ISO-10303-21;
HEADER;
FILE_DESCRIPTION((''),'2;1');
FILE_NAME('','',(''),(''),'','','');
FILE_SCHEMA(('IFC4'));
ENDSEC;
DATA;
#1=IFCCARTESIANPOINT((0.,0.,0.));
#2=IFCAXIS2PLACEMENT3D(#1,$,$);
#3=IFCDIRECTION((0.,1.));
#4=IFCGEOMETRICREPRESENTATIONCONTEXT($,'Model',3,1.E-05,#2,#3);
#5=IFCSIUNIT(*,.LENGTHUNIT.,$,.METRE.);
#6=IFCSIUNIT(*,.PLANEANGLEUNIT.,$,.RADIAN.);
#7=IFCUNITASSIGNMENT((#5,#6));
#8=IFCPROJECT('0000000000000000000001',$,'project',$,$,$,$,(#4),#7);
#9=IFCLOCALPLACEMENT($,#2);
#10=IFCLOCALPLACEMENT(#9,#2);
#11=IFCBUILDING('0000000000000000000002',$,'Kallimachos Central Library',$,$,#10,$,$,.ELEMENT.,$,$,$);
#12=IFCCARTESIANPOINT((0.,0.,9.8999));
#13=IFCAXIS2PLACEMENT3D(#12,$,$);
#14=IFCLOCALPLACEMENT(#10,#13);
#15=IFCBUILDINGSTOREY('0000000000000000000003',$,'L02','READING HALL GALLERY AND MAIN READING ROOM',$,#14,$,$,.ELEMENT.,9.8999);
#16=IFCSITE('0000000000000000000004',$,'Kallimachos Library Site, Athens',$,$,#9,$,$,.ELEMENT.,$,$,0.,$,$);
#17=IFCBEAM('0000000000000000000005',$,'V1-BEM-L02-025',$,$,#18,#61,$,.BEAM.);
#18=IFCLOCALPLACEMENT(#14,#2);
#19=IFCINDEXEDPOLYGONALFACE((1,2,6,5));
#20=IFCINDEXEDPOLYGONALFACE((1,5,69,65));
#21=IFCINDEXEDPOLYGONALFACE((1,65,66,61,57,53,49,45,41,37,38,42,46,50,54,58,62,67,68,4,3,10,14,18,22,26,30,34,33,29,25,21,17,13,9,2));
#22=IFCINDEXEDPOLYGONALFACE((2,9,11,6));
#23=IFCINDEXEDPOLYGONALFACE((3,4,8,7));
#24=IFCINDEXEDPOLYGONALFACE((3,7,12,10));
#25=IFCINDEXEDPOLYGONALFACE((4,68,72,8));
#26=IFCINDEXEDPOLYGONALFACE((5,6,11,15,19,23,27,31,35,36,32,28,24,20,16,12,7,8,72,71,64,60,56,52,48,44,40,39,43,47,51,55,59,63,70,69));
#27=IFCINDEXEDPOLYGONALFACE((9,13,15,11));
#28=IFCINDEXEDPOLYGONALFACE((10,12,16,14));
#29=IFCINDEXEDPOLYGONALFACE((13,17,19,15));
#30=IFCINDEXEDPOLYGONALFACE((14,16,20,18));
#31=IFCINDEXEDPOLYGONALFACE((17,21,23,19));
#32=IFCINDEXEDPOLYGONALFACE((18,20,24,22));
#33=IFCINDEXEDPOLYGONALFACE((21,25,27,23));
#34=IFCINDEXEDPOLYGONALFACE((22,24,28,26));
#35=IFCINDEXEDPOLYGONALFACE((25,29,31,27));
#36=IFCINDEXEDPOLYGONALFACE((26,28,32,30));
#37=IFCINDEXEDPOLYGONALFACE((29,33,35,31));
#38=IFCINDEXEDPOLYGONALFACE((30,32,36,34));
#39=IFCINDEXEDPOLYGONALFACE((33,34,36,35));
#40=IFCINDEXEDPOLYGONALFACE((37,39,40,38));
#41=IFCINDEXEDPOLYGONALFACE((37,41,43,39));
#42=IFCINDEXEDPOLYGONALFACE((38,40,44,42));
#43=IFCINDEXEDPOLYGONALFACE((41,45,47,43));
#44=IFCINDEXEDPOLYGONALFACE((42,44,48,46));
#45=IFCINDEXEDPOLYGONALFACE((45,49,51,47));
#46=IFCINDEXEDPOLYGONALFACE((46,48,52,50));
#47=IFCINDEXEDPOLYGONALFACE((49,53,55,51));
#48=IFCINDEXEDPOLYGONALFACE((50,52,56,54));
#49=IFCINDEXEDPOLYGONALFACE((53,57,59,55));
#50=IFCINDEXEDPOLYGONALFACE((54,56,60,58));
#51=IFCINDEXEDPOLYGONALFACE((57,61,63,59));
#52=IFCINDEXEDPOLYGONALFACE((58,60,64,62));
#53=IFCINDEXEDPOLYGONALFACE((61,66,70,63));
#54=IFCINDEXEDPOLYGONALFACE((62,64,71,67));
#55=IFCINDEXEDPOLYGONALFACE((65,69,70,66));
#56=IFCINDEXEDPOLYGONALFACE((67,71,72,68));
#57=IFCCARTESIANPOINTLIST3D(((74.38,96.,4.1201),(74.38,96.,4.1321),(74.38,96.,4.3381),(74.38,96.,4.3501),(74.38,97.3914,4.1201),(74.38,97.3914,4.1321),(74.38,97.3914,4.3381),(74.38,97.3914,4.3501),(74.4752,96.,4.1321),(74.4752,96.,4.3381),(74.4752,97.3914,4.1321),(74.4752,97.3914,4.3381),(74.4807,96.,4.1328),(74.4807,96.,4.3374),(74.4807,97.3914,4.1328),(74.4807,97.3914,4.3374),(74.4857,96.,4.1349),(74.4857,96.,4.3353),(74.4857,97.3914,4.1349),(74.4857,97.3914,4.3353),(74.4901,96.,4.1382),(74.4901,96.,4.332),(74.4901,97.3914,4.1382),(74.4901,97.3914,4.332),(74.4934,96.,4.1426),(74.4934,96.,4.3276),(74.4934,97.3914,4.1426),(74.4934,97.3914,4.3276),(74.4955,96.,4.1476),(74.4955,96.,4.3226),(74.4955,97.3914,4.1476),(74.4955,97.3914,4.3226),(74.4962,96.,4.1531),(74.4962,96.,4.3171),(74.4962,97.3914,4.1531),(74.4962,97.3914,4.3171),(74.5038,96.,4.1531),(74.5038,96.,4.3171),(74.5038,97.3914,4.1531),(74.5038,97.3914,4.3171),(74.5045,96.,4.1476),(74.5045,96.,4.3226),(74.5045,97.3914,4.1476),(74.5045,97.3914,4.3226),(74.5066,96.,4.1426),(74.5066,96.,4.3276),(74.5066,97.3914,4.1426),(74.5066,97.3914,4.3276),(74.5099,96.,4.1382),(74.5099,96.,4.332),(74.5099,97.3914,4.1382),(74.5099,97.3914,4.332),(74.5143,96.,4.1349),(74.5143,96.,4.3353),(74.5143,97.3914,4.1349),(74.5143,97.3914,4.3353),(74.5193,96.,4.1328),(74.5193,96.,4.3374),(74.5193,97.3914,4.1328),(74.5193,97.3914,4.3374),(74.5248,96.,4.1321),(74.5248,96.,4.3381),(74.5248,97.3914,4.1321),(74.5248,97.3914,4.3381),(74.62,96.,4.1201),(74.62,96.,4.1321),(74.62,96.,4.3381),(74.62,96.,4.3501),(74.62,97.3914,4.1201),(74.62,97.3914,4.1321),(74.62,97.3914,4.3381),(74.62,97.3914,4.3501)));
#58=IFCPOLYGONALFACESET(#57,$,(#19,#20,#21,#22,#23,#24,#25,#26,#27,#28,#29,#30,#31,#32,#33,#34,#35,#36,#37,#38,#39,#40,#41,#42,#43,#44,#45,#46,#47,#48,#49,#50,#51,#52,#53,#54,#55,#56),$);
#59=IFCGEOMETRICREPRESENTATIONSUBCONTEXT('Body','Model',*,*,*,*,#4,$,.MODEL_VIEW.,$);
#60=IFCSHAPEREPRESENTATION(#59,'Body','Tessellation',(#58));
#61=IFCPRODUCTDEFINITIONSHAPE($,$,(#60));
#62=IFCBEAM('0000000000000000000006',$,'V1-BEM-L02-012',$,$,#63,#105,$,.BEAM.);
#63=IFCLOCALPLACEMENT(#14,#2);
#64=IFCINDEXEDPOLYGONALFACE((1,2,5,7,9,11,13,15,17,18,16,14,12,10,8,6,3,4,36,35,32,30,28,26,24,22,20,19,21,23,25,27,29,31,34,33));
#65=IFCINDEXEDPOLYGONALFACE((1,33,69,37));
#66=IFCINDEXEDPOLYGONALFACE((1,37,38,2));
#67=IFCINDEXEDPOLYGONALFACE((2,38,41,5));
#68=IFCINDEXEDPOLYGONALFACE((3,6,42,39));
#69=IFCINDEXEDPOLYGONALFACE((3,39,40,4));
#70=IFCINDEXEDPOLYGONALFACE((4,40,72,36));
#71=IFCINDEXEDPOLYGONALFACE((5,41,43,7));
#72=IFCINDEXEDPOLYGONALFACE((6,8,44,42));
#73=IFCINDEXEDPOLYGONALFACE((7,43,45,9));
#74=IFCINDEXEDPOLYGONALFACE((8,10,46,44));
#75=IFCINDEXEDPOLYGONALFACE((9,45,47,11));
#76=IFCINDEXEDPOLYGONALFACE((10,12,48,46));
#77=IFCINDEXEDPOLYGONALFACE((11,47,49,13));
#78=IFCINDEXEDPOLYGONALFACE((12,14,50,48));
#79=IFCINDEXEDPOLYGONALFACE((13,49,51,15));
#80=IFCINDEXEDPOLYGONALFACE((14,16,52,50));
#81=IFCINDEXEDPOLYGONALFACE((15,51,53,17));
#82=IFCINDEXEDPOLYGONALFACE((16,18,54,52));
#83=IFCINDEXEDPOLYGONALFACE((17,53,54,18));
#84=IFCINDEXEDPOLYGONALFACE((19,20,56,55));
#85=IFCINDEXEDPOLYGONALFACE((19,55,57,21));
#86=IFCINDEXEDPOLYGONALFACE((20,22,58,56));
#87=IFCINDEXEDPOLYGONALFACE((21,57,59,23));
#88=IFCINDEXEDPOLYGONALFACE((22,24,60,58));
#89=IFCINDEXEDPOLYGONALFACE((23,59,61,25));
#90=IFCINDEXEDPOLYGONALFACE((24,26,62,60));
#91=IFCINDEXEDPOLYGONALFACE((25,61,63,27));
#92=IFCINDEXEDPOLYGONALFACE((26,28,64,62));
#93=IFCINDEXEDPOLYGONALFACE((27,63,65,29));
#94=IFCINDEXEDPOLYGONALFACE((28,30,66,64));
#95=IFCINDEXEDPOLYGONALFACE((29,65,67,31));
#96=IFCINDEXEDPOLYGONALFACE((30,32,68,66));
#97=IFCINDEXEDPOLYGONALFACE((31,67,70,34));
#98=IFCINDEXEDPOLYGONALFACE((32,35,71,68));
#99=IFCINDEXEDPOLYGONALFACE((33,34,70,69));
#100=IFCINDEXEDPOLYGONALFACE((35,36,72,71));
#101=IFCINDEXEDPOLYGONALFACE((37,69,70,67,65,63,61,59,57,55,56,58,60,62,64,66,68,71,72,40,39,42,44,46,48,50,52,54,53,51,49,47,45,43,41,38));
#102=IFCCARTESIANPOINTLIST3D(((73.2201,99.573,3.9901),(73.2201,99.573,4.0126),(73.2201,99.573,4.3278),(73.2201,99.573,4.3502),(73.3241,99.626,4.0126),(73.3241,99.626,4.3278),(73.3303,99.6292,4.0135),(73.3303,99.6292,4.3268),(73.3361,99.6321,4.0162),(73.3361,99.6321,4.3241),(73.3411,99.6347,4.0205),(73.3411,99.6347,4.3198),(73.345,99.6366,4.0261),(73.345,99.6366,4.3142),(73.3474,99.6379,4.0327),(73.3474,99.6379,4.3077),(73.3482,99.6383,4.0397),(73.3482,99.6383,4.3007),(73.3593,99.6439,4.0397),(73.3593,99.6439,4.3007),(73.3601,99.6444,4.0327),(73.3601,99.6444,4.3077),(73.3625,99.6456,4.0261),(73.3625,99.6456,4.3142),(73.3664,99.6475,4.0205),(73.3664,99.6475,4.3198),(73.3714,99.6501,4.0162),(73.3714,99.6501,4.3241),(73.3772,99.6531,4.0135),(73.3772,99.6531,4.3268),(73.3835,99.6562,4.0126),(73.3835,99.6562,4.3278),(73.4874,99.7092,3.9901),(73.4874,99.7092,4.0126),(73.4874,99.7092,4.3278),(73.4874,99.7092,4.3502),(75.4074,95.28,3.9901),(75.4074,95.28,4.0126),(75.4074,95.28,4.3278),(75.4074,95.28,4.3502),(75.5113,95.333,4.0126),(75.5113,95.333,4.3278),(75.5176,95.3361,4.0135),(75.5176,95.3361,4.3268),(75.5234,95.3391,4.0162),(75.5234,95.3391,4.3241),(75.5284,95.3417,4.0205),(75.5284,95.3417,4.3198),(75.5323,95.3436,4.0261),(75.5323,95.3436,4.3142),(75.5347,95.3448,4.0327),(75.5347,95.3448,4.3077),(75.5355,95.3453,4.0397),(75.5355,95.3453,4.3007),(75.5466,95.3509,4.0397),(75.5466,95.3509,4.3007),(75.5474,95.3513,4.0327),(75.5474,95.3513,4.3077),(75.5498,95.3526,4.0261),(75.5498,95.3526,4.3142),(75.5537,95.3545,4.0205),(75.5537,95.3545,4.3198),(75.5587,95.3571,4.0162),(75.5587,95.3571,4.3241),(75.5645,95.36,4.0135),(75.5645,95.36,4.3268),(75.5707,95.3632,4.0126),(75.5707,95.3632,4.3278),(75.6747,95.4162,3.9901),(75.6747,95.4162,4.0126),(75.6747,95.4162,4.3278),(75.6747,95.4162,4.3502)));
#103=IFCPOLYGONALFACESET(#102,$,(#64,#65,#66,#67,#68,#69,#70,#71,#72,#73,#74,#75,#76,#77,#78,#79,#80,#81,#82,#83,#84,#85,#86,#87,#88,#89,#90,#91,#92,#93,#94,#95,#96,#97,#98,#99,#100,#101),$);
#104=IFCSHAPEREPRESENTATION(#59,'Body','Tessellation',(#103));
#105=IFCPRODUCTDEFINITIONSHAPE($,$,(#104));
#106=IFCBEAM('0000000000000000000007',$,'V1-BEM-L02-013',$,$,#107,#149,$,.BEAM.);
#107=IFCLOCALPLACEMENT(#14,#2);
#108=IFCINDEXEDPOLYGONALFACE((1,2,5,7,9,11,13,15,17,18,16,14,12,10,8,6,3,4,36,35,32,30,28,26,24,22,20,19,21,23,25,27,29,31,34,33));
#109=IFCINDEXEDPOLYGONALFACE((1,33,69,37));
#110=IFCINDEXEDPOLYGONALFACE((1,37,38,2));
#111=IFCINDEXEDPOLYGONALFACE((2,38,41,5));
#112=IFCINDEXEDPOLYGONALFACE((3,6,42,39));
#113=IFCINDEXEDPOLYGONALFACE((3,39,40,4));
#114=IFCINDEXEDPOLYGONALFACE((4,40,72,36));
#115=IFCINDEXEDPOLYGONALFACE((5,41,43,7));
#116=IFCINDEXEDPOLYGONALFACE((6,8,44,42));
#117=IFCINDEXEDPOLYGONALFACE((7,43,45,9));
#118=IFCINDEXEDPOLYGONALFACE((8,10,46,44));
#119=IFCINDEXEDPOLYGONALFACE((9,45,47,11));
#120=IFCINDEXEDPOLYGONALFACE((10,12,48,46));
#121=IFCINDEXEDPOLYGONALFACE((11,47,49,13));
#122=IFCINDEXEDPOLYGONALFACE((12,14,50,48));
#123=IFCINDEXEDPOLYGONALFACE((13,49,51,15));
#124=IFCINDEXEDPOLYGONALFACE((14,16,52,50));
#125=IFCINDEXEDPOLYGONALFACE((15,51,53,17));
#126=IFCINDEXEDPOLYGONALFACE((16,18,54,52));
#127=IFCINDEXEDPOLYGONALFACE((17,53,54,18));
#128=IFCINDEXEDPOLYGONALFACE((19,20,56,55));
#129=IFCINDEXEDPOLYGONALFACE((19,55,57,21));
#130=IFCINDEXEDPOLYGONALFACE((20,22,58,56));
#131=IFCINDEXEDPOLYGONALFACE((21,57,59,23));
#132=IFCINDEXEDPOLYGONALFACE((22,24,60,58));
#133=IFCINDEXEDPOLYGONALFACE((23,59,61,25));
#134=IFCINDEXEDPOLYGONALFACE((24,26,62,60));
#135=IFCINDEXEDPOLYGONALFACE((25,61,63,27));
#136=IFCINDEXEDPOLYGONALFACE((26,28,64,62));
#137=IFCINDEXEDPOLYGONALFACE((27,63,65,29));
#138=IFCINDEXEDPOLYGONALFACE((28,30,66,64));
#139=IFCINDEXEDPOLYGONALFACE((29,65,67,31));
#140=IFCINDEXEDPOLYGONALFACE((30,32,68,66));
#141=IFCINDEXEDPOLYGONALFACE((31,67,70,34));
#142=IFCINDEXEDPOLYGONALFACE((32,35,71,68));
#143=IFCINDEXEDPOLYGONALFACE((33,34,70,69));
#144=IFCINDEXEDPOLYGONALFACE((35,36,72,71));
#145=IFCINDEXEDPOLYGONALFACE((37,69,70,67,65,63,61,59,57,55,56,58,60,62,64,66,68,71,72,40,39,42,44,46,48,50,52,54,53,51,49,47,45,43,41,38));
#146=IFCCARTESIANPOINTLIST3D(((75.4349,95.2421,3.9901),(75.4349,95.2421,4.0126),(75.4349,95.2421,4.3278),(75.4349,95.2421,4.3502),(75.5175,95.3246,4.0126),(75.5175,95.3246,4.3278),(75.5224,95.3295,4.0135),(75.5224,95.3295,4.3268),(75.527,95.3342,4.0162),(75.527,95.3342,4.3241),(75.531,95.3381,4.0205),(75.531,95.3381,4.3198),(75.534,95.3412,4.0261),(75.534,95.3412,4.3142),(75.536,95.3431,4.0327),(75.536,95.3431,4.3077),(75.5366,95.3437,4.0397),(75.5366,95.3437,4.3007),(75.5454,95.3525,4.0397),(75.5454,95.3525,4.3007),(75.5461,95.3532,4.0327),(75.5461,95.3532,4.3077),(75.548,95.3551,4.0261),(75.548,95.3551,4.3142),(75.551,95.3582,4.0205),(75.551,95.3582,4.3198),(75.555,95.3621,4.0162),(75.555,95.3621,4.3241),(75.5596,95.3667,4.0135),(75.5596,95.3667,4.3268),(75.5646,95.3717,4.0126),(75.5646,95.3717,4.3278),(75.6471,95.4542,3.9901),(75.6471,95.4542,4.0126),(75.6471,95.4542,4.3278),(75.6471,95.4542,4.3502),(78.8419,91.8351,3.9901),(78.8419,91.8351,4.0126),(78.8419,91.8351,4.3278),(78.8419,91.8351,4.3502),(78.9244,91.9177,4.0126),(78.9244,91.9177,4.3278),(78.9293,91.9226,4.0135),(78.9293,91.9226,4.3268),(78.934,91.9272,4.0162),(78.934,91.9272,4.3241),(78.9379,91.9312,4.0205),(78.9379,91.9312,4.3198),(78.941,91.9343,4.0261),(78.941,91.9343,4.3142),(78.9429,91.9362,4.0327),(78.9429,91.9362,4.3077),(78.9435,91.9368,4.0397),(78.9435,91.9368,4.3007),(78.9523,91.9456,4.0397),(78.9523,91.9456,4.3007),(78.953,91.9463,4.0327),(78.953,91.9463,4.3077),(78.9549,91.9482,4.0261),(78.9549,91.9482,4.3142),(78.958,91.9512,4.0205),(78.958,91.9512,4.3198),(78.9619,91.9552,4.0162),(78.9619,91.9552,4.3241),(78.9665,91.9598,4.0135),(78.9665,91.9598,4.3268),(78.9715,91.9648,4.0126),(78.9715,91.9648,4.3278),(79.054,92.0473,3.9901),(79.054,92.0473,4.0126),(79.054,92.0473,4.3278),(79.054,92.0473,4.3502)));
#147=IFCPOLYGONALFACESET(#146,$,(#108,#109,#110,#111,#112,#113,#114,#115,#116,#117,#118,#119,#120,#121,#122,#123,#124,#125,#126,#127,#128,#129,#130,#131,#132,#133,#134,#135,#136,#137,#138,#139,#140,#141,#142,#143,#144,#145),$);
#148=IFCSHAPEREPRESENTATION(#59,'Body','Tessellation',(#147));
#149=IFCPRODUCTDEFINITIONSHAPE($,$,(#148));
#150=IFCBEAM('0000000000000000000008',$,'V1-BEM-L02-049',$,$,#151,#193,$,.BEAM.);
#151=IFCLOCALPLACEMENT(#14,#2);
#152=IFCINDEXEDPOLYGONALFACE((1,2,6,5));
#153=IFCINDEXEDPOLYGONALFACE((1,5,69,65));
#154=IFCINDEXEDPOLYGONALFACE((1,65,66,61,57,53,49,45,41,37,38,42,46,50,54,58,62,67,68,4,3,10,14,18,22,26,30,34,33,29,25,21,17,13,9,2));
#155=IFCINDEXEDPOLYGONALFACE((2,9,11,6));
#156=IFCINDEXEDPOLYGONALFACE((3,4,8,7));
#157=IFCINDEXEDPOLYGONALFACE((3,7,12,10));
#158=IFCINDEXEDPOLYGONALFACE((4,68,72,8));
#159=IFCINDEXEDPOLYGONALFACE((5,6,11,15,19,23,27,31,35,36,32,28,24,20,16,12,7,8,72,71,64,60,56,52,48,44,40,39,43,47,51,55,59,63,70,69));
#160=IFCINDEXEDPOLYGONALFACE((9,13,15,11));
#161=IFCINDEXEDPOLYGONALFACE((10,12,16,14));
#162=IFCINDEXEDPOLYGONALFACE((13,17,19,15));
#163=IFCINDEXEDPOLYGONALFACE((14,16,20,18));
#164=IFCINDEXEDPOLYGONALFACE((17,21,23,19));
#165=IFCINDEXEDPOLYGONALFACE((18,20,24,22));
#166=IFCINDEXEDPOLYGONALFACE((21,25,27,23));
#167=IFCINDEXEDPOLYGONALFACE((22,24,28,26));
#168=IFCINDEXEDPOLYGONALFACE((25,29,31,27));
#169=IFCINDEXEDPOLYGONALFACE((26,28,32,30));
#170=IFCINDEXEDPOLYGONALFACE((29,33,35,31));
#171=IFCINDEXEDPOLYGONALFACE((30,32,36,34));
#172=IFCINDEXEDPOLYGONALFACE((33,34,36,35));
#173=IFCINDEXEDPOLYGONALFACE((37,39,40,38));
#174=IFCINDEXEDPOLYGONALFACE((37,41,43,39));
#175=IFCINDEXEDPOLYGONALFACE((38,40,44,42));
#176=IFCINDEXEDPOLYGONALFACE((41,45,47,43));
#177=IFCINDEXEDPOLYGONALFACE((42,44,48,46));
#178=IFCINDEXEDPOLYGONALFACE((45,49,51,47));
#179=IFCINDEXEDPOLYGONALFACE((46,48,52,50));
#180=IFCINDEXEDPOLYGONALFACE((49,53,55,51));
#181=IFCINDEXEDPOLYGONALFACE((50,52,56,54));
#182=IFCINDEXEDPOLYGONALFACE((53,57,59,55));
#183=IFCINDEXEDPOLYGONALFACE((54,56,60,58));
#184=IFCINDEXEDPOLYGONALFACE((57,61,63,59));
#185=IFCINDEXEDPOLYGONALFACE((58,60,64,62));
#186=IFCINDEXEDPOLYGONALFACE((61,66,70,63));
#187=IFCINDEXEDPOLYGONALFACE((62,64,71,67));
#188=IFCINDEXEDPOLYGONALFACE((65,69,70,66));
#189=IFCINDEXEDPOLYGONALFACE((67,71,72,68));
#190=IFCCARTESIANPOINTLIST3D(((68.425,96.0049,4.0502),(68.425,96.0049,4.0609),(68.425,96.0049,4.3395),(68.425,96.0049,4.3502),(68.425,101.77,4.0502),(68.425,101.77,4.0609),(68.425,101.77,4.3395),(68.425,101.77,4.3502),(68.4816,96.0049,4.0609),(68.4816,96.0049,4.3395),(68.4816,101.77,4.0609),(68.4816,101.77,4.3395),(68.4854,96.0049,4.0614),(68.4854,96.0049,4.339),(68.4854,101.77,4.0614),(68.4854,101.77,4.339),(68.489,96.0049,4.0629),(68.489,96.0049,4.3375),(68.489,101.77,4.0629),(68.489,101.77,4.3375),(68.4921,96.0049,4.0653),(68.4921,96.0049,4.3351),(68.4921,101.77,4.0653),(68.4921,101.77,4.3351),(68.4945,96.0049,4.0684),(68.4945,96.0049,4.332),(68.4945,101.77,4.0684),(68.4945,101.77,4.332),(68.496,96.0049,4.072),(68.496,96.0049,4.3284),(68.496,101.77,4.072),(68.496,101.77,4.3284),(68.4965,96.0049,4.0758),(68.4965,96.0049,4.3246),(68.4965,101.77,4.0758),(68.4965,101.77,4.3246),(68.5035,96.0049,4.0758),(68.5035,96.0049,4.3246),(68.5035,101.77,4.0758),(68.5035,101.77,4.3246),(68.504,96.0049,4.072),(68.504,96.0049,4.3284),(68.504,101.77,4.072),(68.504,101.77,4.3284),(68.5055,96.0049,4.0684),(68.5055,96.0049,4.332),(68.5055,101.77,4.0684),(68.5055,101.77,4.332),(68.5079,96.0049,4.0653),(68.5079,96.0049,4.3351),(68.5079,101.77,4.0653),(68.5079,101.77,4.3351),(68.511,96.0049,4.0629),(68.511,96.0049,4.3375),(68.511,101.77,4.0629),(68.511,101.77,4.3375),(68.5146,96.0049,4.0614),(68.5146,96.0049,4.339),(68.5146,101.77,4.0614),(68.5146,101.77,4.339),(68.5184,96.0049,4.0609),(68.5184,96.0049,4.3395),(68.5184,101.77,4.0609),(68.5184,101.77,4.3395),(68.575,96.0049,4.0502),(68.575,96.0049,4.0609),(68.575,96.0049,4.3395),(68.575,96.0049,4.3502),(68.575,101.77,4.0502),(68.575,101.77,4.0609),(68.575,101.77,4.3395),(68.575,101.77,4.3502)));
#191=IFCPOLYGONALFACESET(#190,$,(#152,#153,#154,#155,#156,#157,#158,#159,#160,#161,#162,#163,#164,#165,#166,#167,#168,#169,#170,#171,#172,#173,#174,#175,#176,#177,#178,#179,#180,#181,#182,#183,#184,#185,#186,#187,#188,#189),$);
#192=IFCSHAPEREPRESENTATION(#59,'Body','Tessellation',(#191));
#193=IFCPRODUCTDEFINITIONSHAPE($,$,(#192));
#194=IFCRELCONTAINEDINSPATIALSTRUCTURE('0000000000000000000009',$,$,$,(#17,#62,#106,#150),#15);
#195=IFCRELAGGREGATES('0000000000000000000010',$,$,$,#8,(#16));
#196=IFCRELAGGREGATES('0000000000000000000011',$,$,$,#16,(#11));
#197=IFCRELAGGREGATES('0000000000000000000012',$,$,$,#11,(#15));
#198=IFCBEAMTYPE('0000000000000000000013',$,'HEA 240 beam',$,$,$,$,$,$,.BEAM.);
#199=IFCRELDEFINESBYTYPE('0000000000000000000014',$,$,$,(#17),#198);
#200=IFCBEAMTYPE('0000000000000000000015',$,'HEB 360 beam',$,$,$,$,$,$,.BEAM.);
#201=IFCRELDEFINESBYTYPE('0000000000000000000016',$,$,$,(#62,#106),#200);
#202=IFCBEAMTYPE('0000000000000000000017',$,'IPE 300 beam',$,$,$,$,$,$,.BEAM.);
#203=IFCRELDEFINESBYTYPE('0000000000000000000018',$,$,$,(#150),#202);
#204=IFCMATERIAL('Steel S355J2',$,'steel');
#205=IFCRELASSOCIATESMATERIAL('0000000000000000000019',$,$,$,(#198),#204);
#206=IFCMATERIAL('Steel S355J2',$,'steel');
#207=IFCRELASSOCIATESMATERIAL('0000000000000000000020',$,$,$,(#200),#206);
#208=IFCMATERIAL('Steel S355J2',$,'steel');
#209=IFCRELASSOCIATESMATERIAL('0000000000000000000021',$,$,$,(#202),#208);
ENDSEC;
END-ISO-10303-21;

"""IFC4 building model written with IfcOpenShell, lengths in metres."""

from ifc_helpers import new_model, si_unit, direction, frame, origin, origin_2d, place, context, subcontext, project, spatial, i_section, extrude, material, material_profile, profile_set, type_object, element, save


model = new_model("IFC4")

# Units and contexts
model_context = context("Model", 3, precision=1e-05, world=origin(), true_north=direction((0.0, 1.0)))
body_context = subcontext(model_context, "Body", "Model", "MODEL_VIEW")
ifc_project = project(units=[si_unit("LENGTHUNIT", "METRE"), si_unit("PLANEANGLEUNIT", "RADIAN")], contexts=[model_context])

# Site, building, storey
site_placement = place(None, origin())
site = spatial("IfcSite", under=ifc_project, at=site_placement, Name="Kallimachos Library Site, Athens", CompositionType="ELEMENT", RefElevation=0.0)
building_placement = place(site_placement, origin())
building = spatial("IfcBuilding", under=site, at=building_placement, Name="Kallimachos Central Library", CompositionType="ELEMENT")
storey_placement = place(building_placement, frame((0.0, 0.0, 9.8999)))
storey = spatial("IfcBuildingStorey", under=building, at=storey_placement, Name="L02", Description="READING HALL GALLERY AND MAIN READING ROOM", CompositionType="ELEMENT", Elevation=9.8999)

# Beams
ifc_material_1 = material(Name="Steel S355J2", Category="steel")
ifc_material_profile_1 = material_profile(ifc_material_1, i_section(OverallWidth=0.24, OverallDepth=0.23, WebThickness=0.0076, FlangeThickness=0.012, FilletRadius=0.021, at=origin_2d()), Name="HEA 240")
ifc_profile_set_1 = profile_set([ifc_material_profile_1], Name="Steel S355J2")
beam_type_1 = type_object("IfcBeamType", Name="HEA 240 beam", PredefinedType="BEAM", material=ifc_profile_set_1)
beam_1_placement = place(storey_placement, frame((74.5, 96.0, 4.2351), z_axis=(0.0, 1.0, 0.0), x_axis=(-1.0, 0.0, 0.0)))
element("IfcBeam", 1, at=beam_1_placement, inside=storey, type_object=beam_type_1, Name="V1-BEM-L02-025", PredefinedType="BEAM", context=body_context, shape_type="SweptSolid", body=[
    extrude(i_section(OverallWidth=0.24, OverallDepth=0.23, WebThickness=0.0076, FlangeThickness=0.012, FilletRadius=0.021, at=origin_2d()), origin(), (0.0, 0.0, 1.0), 1.3914),
])
ifc_material_2 = material(Name="Steel S355J2", Category="steel")
ifc_material_profile_2 = material_profile(ifc_material_2, i_section(OverallWidth=0.3, OverallDepth=0.3601, WebThickness=0.0125, FlangeThickness=0.0225, FilletRadius=0.0271, at=origin_2d()), Name="HEB 360")
ifc_profile_set_2 = profile_set([ifc_material_profile_2], Name="Steel S355J2")
beam_type_2 = type_object("IfcBeamType", Name="HEB 360 beam", PredefinedType="BEAM", material=ifc_profile_set_2)
for number, where, z_axis, x_axis, name in (
    (2, (73.3538, 99.6411, 4.1702), (0.453971, -0.891017, 0.0), (0.891017, 0.453971, 0.0), "V1-BEM-L02-012"),
    (3, (75.541, 95.3481, 4.1702), (0.707107, -0.707107, 0.0), (0.707107, 0.707107, 0.0), "V1-BEM-L02-013"),
):
    element("IfcBeam", number, at=place(storey_placement, frame(where, z_axis=z_axis, x_axis=x_axis)), inside=storey, type_object=beam_type_2, Name=name, PredefinedType="BEAM", context=body_context, shape_type="SweptSolid", body=[
        extrude(i_section(OverallWidth=0.3, OverallDepth=0.3601, WebThickness=0.0125, FlangeThickness=0.0225, FilletRadius=0.0271, at=origin_2d()), origin(), (0.0, 0.0, 1.0), 4.8181),
    ])
ifc_material_3 = material(Name="Steel S355J2", Category="steel")
ifc_material_profile_3 = material_profile(ifc_material_3, i_section(OverallWidth=0.1499, OverallDepth=0.3, WebThickness=0.0071, FlangeThickness=0.0107, FilletRadius=0.0149, at=origin_2d()), Name="IPE 300")
ifc_profile_set_3 = profile_set([ifc_material_profile_3], Name="Steel S355J2")
beam_type_3 = type_object("IfcBeamType", Name="IPE 300 beam", PredefinedType="BEAM", material=ifc_profile_set_3)
for number, where, z_axis, x_axis, name in (
    (4, (68.5, 96.0049, 4.2002), (0.0, 1.0, 0.0), (-1.0, 0.0, 0.0), "V1-BEM-L02-049"),
):
    element("IfcBeam", number, at=place(storey_placement, frame(where, z_axis=z_axis, x_axis=x_axis)), inside=storey, type_object=beam_type_3, Name=name, PredefinedType="BEAM", context=body_context, shape_type="SweptSolid", body=[
        extrude(i_section(OverallWidth=0.1499, OverallDepth=0.3, WebThickness=0.0071, FlangeThickness=0.0107, FilletRadius=0.0149, at=origin_2d()), origin(), (0.0, 0.0, 1.0), 5.7651),
    ])

save(model, "model.ifc")
